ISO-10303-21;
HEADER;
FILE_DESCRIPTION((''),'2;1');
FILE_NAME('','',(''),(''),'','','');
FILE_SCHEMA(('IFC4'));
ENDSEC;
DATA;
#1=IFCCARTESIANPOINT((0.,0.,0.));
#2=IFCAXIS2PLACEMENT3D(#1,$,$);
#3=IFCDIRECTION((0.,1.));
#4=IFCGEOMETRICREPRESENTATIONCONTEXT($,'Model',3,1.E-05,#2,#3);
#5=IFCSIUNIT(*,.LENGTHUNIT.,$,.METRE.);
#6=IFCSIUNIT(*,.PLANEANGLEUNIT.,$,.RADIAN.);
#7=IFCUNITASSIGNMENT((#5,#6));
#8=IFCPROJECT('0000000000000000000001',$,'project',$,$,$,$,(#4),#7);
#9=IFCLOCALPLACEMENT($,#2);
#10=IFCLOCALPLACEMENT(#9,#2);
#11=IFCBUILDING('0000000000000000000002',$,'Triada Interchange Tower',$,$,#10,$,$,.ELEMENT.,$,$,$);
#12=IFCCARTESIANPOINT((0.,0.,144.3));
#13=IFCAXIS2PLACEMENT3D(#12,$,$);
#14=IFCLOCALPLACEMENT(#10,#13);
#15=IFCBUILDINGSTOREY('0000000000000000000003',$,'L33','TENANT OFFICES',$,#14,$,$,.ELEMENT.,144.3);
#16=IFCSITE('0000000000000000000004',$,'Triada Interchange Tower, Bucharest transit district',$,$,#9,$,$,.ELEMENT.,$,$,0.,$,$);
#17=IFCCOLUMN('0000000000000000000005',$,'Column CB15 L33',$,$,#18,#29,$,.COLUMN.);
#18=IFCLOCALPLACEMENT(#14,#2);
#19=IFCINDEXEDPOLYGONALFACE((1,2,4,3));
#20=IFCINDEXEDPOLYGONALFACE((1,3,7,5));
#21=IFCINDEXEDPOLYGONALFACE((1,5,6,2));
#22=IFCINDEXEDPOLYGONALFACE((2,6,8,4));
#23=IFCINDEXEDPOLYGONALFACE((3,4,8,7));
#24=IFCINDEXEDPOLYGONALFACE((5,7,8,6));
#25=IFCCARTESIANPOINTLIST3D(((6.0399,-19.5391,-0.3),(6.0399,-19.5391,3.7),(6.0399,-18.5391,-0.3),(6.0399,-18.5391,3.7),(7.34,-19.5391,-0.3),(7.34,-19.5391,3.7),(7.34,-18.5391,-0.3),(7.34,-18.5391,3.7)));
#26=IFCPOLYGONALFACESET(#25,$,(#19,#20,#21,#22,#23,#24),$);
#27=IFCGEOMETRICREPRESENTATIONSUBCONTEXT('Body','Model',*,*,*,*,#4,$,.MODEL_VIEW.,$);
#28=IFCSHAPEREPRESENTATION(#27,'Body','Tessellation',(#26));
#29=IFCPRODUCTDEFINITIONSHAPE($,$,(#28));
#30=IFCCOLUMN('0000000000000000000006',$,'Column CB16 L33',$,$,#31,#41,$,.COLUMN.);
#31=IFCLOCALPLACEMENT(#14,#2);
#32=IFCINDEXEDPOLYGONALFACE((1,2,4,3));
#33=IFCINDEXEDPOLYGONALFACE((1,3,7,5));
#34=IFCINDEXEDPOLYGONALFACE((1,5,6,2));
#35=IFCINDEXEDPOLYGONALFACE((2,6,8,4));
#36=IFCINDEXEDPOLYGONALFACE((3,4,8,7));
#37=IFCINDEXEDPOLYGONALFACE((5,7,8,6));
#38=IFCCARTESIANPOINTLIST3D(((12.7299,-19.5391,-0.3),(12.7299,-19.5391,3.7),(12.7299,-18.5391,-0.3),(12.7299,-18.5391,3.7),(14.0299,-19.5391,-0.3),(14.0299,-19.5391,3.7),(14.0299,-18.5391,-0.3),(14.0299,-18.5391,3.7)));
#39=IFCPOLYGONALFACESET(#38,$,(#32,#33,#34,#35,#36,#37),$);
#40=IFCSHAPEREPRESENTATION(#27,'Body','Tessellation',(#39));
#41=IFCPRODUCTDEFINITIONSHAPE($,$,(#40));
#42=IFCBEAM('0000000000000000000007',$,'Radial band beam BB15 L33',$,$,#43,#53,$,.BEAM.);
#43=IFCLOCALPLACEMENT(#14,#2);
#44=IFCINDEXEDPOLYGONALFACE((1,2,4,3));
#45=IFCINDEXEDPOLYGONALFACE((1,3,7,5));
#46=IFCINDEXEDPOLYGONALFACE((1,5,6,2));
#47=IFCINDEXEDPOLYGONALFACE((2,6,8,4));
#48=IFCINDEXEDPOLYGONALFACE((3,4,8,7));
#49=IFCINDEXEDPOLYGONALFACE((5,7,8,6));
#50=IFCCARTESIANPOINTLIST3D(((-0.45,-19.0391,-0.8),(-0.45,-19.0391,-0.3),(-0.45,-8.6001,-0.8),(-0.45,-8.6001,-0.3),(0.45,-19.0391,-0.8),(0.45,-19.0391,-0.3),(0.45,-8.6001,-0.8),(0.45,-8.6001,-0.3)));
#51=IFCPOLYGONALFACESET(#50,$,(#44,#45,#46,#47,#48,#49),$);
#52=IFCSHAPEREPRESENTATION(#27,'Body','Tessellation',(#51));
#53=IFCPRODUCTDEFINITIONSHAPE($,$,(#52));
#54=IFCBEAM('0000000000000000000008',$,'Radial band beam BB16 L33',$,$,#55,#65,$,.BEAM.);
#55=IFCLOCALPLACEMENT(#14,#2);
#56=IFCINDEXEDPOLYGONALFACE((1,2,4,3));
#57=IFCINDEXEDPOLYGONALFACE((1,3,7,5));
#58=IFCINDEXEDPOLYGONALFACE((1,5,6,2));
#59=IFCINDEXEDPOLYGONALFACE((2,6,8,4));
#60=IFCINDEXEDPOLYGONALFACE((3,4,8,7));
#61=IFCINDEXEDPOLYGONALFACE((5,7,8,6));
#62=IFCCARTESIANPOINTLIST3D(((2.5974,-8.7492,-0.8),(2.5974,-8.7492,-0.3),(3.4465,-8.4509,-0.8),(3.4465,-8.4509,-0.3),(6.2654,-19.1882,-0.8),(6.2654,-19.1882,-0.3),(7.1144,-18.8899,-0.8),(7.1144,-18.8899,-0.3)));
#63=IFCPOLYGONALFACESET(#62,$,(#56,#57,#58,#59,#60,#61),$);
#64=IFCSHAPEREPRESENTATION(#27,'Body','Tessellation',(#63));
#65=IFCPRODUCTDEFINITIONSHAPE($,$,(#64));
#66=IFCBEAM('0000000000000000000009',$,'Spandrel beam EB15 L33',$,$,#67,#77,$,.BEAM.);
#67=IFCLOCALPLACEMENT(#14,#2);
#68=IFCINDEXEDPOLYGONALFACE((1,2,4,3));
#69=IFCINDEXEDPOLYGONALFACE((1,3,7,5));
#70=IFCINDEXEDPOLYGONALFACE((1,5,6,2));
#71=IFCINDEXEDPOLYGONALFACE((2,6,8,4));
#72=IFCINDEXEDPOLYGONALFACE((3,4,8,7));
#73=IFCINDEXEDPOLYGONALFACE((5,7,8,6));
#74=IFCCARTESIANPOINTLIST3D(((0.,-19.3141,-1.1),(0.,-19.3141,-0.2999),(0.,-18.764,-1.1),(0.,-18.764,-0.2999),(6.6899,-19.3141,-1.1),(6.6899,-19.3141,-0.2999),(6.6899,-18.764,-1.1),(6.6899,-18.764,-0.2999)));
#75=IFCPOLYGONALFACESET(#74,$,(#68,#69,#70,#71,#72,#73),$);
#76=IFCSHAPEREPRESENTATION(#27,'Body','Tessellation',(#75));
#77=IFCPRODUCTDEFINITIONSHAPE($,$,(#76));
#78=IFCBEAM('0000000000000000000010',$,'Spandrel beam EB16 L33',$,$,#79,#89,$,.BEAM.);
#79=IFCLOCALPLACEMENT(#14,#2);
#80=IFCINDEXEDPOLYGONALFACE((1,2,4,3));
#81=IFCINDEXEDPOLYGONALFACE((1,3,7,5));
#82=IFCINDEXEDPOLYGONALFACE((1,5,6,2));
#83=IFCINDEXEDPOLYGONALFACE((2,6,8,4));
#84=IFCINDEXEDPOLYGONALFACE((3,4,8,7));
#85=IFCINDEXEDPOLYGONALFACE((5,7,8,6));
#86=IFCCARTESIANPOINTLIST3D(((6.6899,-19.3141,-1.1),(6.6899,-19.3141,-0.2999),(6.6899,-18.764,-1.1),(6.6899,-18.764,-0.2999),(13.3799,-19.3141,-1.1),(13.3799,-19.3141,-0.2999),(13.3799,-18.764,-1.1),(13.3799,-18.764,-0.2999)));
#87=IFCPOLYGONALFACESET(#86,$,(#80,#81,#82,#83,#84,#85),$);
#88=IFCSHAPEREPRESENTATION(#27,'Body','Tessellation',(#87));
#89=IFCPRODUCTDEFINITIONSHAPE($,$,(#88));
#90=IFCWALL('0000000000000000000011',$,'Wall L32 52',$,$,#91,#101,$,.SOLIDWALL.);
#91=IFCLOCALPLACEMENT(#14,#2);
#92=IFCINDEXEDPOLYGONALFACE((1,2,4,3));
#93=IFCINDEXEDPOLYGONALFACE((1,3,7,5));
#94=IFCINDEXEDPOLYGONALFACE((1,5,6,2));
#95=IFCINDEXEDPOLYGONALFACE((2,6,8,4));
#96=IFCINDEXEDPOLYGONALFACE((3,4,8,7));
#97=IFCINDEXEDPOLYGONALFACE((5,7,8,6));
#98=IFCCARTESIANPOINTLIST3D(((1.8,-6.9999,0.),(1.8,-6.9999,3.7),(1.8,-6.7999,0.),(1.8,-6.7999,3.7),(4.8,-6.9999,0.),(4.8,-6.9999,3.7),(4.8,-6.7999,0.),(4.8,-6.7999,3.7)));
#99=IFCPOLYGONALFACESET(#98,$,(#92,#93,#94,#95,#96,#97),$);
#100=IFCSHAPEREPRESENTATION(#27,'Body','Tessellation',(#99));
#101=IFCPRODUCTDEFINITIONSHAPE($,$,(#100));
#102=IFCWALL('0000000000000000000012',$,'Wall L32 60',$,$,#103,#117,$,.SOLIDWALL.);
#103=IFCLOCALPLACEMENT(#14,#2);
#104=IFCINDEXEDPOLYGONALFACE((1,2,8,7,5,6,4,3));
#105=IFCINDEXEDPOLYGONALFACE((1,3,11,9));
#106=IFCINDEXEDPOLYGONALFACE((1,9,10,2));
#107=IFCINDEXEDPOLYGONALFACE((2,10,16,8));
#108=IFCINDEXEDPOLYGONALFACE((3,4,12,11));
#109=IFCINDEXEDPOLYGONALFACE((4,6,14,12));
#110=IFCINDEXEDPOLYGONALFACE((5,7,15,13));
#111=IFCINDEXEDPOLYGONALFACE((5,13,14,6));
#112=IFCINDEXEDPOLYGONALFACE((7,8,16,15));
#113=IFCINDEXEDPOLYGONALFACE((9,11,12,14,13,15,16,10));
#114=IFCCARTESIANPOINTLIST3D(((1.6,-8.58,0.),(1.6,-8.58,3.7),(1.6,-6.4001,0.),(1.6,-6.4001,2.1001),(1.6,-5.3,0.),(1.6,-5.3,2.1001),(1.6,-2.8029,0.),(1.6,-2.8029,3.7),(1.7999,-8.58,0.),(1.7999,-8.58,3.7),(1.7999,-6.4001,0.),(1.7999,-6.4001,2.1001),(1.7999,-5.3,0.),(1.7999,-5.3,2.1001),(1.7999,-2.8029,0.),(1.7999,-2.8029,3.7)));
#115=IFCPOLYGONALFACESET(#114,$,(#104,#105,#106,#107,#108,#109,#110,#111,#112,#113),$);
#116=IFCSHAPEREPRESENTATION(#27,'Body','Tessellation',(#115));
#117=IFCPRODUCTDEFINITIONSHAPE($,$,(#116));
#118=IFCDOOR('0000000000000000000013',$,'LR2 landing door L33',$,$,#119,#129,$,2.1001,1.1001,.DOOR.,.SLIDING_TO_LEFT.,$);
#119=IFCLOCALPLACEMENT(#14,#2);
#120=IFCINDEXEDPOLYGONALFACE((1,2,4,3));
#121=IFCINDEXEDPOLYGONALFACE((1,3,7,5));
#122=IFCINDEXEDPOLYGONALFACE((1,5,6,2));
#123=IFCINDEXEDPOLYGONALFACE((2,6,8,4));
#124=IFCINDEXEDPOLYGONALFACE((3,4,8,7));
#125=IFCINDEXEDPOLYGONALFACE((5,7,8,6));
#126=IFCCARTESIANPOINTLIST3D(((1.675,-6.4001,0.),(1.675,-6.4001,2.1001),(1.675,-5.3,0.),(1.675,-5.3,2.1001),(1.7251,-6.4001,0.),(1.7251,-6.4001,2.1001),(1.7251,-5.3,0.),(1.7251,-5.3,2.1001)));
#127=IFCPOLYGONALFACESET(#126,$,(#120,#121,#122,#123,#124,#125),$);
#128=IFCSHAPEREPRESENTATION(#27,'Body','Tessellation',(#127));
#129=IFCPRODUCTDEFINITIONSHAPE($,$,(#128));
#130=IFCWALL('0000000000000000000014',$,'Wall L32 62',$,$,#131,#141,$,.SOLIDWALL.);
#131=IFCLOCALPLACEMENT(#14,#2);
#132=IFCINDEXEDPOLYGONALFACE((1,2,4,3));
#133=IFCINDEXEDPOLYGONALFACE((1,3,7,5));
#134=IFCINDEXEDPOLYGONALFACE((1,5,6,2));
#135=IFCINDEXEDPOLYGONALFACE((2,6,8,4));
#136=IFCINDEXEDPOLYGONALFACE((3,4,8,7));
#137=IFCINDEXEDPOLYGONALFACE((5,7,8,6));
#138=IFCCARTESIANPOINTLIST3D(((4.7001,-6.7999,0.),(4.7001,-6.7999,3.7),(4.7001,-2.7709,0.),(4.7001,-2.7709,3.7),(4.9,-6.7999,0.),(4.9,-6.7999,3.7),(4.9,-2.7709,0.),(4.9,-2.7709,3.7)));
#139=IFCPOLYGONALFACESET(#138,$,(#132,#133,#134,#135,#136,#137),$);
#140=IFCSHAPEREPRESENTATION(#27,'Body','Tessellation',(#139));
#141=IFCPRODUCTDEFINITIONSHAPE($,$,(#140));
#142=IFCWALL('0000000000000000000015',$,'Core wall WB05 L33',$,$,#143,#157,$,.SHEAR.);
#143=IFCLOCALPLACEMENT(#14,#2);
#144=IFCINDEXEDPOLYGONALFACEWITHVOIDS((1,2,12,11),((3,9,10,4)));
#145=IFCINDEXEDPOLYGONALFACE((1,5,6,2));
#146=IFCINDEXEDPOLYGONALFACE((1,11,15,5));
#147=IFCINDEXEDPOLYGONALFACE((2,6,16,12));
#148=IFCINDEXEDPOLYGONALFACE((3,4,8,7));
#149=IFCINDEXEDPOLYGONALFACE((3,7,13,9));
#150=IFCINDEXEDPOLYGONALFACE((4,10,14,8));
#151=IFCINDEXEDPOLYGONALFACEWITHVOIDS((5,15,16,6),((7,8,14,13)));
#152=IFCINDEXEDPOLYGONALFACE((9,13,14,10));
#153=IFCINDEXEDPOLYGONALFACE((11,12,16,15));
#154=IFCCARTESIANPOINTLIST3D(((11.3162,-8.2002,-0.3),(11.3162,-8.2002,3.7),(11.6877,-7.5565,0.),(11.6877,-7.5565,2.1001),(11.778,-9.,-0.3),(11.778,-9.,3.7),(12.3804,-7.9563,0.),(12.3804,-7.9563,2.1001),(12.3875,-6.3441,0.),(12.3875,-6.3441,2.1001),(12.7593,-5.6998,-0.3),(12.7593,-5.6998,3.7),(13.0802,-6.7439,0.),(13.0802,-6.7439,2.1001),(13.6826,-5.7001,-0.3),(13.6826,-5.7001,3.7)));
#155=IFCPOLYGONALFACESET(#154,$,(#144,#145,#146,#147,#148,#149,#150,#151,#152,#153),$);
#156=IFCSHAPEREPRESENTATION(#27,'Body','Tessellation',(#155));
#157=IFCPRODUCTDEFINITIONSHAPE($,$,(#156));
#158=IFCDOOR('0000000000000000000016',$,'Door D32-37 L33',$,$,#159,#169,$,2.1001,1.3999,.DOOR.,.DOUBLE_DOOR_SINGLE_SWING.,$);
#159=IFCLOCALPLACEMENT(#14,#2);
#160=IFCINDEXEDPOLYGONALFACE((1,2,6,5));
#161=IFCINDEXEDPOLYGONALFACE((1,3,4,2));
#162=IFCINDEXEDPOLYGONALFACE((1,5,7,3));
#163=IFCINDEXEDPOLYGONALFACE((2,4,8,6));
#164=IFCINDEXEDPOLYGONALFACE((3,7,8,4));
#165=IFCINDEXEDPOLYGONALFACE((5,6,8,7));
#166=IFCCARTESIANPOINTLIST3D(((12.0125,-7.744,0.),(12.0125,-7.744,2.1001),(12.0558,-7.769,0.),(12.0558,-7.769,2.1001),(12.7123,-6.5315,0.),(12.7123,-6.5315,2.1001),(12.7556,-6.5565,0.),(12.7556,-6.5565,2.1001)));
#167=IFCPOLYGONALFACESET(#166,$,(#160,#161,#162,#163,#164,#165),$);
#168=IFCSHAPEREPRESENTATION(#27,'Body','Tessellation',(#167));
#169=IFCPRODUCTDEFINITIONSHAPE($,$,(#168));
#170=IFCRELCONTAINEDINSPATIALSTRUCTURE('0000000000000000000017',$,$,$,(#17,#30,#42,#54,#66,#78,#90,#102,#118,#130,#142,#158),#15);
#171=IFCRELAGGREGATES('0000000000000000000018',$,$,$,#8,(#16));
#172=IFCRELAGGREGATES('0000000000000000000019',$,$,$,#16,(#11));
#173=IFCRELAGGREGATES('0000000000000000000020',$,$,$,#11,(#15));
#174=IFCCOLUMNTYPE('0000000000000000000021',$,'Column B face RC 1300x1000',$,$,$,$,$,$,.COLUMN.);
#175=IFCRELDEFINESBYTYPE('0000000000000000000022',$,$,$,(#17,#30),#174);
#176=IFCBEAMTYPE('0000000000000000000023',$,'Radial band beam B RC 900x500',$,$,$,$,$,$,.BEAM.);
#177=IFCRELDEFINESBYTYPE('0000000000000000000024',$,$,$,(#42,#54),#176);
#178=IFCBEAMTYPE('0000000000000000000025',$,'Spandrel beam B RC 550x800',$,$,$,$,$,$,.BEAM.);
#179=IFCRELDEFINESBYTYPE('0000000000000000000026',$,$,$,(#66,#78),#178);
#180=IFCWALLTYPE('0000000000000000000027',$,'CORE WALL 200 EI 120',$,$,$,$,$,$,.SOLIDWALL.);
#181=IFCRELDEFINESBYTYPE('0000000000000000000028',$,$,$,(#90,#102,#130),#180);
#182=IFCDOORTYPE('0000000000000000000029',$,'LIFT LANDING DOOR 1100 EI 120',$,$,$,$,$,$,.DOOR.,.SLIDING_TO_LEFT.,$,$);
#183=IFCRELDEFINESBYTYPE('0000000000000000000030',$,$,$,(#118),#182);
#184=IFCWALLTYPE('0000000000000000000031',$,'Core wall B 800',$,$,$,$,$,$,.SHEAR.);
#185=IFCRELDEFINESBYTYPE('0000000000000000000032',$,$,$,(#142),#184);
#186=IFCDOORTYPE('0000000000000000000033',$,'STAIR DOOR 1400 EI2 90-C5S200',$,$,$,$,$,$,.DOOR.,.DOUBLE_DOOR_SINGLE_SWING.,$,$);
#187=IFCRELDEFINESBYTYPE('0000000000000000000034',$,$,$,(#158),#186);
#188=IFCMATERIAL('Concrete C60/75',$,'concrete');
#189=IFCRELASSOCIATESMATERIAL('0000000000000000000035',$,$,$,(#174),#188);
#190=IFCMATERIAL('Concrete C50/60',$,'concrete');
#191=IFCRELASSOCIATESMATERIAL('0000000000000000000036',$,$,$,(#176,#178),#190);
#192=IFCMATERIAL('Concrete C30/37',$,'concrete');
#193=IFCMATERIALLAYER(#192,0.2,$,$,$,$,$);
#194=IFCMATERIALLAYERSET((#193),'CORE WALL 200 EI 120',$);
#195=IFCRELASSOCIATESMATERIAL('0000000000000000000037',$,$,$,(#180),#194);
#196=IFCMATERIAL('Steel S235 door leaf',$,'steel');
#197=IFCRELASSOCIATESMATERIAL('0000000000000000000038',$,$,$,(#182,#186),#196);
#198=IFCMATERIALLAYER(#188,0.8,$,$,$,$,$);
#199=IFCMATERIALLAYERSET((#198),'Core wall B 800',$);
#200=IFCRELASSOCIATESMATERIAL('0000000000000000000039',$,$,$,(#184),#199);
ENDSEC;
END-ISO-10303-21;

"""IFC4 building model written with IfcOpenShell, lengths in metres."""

from ifc_helpers import new_model, si_unit, direction, frame, frame_2d, origin, origin_2d, place, context, subcontext, project, spatial, polyline, rectangle, outline, extrude, material, layer, layer_set, material_profile, profile_set, type_object, element, fill, save


model = new_model("IFC4")

# Units and contexts
model_context = context("Model", 3, precision=1e-05, world=origin(), true_north=direction((0.0, 1.0)))
body_context = subcontext(model_context, "Body", "Model", "MODEL_VIEW")
ifc_project = project(units=[si_unit("LENGTHUNIT", "METRE"), si_unit("PLANEANGLEUNIT", "RADIAN")], contexts=[model_context])

# Site, building, storey
site_placement = place(None, origin())
site = spatial("IfcSite", under=ifc_project, at=site_placement, Name="Triada Interchange Tower, Bucharest transit district", CompositionType="ELEMENT", RefElevation=0.0)
building_placement = place(site_placement, origin())
building = spatial("IfcBuilding", under=site, at=building_placement, Name="Triada Interchange Tower", CompositionType="ELEMENT")
storey_placement = place(building_placement, frame((0.0, 0.0, 144.3)))
storey = spatial("IfcBuildingStorey", under=building, at=storey_placement, Name="L33", Description="TENANT OFFICES", CompositionType="ELEMENT", Elevation=144.3)

# Columns
ifc_material_1 = material(Name="Concrete C60/75", Category="concrete")
ifc_material_profile_1 = material_profile(ifc_material_1, rectangle(XDim=1.3, YDim=1.0, at=origin_2d()), Name="RC 1300x1000")
ifc_profile_set_1 = profile_set([ifc_material_profile_1], Name="Concrete C60/75")
column_type = type_object("IfcColumnType", Name="Column B face RC 1300x1000", PredefinedType="COLUMN", material=ifc_profile_set_1)
for number, where, z_axis, x_axis, name in (
    (1, (6.6899, -19.0391, -0.3), (0.0, 0.0, 1.0), (1.0, 0.0, 0.0), "Column CB15 L33"),
    (2, (13.3799, -19.0391, -0.3), (0.0, 0.0, 1.0), (1.0, 0.0, 0.0), "Column CB16 L33"),
):
    element("IfcColumn", number, at=place(storey_placement, frame(where, z_axis=z_axis, x_axis=x_axis)), inside=storey, type_object=column_type, Name=name, PredefinedType="COLUMN", context=body_context, shape_type="SweptSolid", body=[
        extrude(rectangle(XDim=1.3, YDim=1.0, at=origin_2d()), origin(), (0.0, 0.0, 1.0), 4.0),
    ])

# Beams
ifc_material_2 = material(Name="Concrete C50/60", Category="concrete")
ifc_material_profile_2 = material_profile(ifc_material_2, rectangle(XDim=0.8999, YDim=0.5, at=origin_2d()), Name="RC 900x500")
ifc_profile_set_2 = profile_set([ifc_material_profile_2], Name="Concrete C50/60")
beam_type_1 = type_object("IfcBeamType", Name="Radial band beam B RC 900x500", PredefinedType="BEAM", material=ifc_profile_set_2)
beam_1_placement = place(storey_placement, frame((0.0, -19.0391, -0.55), z_axis=(0.0, 1.0, 0.0), x_axis=(-1.0, 0.0, 0.0)))
element("IfcBeam", 3, at=beam_1_placement, inside=storey, type_object=beam_type_1, Name="Radial band beam BB15 L33", PredefinedType="BEAM", context=body_context, shape_type="SweptSolid", body=[
    extrude(rectangle(XDim=0.8999, YDim=0.5, at=origin_2d()), origin(), (0.0, 0.0, 1.0), 10.439),
])
beam_2_placement = place(storey_placement, frame((6.6899, -19.0391, -0.55), z_axis=(-0.331504, 0.943454, 0.0), x_axis=(-0.943454, -0.331504, 0.0)))
element("IfcBeam", 4, at=beam_2_placement, inside=storey, type_object=beam_type_1, Name="Radial band beam BB16 L33", PredefinedType="BEAM", context=body_context, shape_type="SweptSolid", body=[
    extrude(rectangle(XDim=0.8999, YDim=0.5, at=origin_2d()), origin(), (0.0, 0.0, 1.0), 11.0647),
])
ifc_material_profile_3 = material_profile(ifc_material_2, rectangle(XDim=0.55, YDim=0.8, at=origin_2d()), Name="RC 550x800")
ifc_profile_set_3 = profile_set([ifc_material_profile_3], Name="Concrete C50/60")
beam_type_2 = type_object("IfcBeamType", Name="Spandrel beam B RC 550x800", PredefinedType="BEAM", material=ifc_profile_set_3)
for number, where, z_axis, x_axis, name in (
    (5, (0.0, -19.0391, -0.7), (1.0, 0.0, 0.0), (0.0, 1.0, 0.0), "Spandrel beam EB15 L33"),
    (6, (6.6899, -19.0391, -0.7), (1.0, 0.0, 0.0), (0.0, 1.0, 0.0), "Spandrel beam EB16 L33"),
):
    element("IfcBeam", number, at=place(storey_placement, frame(where, z_axis=z_axis, x_axis=x_axis)), inside=storey, type_object=beam_type_2, Name=name, PredefinedType="BEAM", context=body_context, shape_type="SweptSolid", body=[
        extrude(rectangle(XDim=0.55, YDim=0.8, at=origin_2d()), origin(), (0.0, 0.0, 1.0), 6.6899),
    ])

# Wall
ifc_material_3 = material(Name="Concrete C30/37", Category="concrete")
ifc_layer_1 = layer(ifc_material_3, 0.2)
ifc_layer_set_1 = layer_set([ifc_layer_1], Name="CORE WALL 200 EI 120")
wall_type_1 = type_object("IfcWallType", Name="CORE WALL 200 EI 120", PredefinedType="SOLIDWALL", material=ifc_layer_set_1)
wall_1_placement = place(storey_placement, frame((1.8, -6.8999, 0.0), z_axis=(0.0, 0.0, 1.0), x_axis=(1.0, 0.0, 0.0)))
element("IfcWall", 7, at=wall_1_placement, inside=storey, type_object=wall_type_1, Name="Wall L32 52", PredefinedType="SOLIDWALL", context=body_context, shape_type="SweptSolid", body=[
    extrude(rectangle(XDim=3.0, YDim=0.2, at=frame_2d((1.5, 0.0))), origin(), (0.0, 0.0, 1.0), 3.7),
])

# Wall, opening, door
wall_2_placement = place(storey_placement, frame((1.7, -8.5801, 0.0), z_axis=(0.0, 0.0, 1.0), x_axis=(0.0, 1.0, 0.0)))
wall_2 = element("IfcWall", 8, at=wall_2_placement, inside=storey, type_object=wall_type_1, Name="Wall L32 60", PredefinedType="SOLIDWALL", context=body_context, shape_type="SweptSolid", body=[
    extrude(rectangle(XDim=5.7771, YDim=0.2, at=frame_2d((2.8887, 0.0))), origin(), (0.0, 0.0, 1.0), 3.7),
])
opening_1_placement = place(wall_2_placement, frame((2.1799, 0.0, 0.0)))
opening_1 = element("IfcOpeningElement", 9, at=opening_1_placement, cuts=wall_2, PredefinedType="OPENING", context=body_context, shape_type="SweptSolid", body=[
    extrude(rectangle(XDim=1.1001, YDim=2.1001, at=frame_2d((0.55, 1.05))), frame((0.0, 0.1099, 0.0), z_axis=(0.0, -1.0, 0.0), x_axis=(1.0, 0.0, 0.0)), (0.0, 0.0, 1.0), 0.22),
])
ifc_material_4 = material(Name="Steel S235 door leaf", Category="steel")
door_type_1 = type_object("IfcDoorType", Name="LIFT LANDING DOOR 1100 EI 120", OperationType="SLIDING_TO_LEFT", PredefinedType="DOOR", material=ifc_material_4)
door_1_placement = place(opening_1_placement, origin())
door_1 = element("IfcDoor", 10, at=door_1_placement, inside=storey, type_object=door_type_1, Name="LR2 landing door L33", OperationType="SLIDING_TO_LEFT", OverallHeight=2.1001, OverallWidth=1.1001, PredefinedType="DOOR", context=body_context, shape_type="SweptSolid", body=[
    extrude(rectangle(XDim=1.1001, YDim=2.1001, at=frame_2d((0.55, 1.05))), frame((0.0, 0.0249, 0.0), z_axis=(0.0, -1.0, 0.0), x_axis=(1.0, 0.0, 0.0)), (0.0, 0.0, 1.0), 0.05),
])
fill(opening_1, door_1)

# Wall
wall_3_placement = place(storey_placement, frame((4.8, -6.8, 0.0), z_axis=(0.0, 0.0, 1.0), x_axis=(0.0, 1.0, 0.0)))
element("IfcWall", 11, at=wall_3_placement, inside=storey, type_object=wall_type_1, Name="Wall L32 62", PredefinedType="SOLIDWALL", context=body_context, shape_type="SweptSolid", body=[
    extrude(rectangle(XDim=4.0291, YDim=0.2, at=frame_2d((2.0146, 0.0))), origin(), (0.0, 0.0, 1.0), 3.7),
])

# Wall, opening, door
ifc_layer_2 = layer(ifc_material_1, 0.8)
ifc_layer_set_2 = layer_set([ifc_layer_2], Name="Core wall B 800")
wall_type_2 = type_object("IfcWallType", Name="Core wall B 800", PredefinedType="SHEAR", material=ifc_layer_set_2)
wall_4_placement = place(storey_placement, frame((11.5471, -8.6001, -0.3), z_axis=(0.0, 0.0, 1.0), x_axis=(0.499872, 0.866099, 0.0)))
wall_4 = element("IfcWall", 12, at=wall_4_placement, inside=storey, type_object=wall_type_2, Name="Core wall WB05 L33", PredefinedType="SHEAR", context=body_context, shape_type="SweptSolid", body=[
    extrude(outline(polyline([(-0.231, -0.3999), (1.6741, -0.3999), (3.5791, -0.3999), (3.1179, 0.3999), (1.6743, 0.3999), (0.231, 0.3999), (-0.231, -0.3999)])), origin(), (0.0, 0.0, 1.0), 4.0),
])
opening_2_placement = place(wall_4_placement, frame((0.9741, 0.0, 0.3)))
opening_2 = element("IfcOpeningElement", 13, at=opening_2_placement, cuts=wall_4, PredefinedType="OPENING", context=body_context, shape_type="SweptSolid", body=[
    extrude(rectangle(XDim=1.3999, YDim=2.1001, at=frame_2d((0.7, 1.05))), frame((0.0, 0.4099, 0.0), z_axis=(0.0, -1.0, 0.0), x_axis=(1.0, 0.0, 0.0)), (0.0, 0.0, 1.0), 0.8201),
])
door_type_2 = type_object("IfcDoorType", Name="STAIR DOOR 1400 EI2 90-C5S200", OperationType="DOUBLE_DOOR_SINGLE_SWING", PredefinedType="DOOR", material=ifc_material_4)
door_2_placement = place(opening_2_placement, origin())
door_2 = element("IfcDoor", 14, at=door_2_placement, inside=storey, type_object=door_type_2, Name="Door D32-37 L33", OperationType="DOUBLE_DOOR_SINGLE_SWING", OverallHeight=2.1001, OverallWidth=1.3999, PredefinedType="DOOR", context=body_context, shape_type="SweptSolid", body=[
    extrude(rectangle(XDim=1.3999, YDim=2.1001, at=frame_2d((0.7, 1.05))), frame((0.0, 0.0249, 0.0), z_axis=(0.0, -1.0, 0.0), x_axis=(1.0, 0.0, 0.0)), (0.0, 0.0, 1.0), 0.05),
])
fill(opening_2, door_2)

save(model, "model.ifc")
